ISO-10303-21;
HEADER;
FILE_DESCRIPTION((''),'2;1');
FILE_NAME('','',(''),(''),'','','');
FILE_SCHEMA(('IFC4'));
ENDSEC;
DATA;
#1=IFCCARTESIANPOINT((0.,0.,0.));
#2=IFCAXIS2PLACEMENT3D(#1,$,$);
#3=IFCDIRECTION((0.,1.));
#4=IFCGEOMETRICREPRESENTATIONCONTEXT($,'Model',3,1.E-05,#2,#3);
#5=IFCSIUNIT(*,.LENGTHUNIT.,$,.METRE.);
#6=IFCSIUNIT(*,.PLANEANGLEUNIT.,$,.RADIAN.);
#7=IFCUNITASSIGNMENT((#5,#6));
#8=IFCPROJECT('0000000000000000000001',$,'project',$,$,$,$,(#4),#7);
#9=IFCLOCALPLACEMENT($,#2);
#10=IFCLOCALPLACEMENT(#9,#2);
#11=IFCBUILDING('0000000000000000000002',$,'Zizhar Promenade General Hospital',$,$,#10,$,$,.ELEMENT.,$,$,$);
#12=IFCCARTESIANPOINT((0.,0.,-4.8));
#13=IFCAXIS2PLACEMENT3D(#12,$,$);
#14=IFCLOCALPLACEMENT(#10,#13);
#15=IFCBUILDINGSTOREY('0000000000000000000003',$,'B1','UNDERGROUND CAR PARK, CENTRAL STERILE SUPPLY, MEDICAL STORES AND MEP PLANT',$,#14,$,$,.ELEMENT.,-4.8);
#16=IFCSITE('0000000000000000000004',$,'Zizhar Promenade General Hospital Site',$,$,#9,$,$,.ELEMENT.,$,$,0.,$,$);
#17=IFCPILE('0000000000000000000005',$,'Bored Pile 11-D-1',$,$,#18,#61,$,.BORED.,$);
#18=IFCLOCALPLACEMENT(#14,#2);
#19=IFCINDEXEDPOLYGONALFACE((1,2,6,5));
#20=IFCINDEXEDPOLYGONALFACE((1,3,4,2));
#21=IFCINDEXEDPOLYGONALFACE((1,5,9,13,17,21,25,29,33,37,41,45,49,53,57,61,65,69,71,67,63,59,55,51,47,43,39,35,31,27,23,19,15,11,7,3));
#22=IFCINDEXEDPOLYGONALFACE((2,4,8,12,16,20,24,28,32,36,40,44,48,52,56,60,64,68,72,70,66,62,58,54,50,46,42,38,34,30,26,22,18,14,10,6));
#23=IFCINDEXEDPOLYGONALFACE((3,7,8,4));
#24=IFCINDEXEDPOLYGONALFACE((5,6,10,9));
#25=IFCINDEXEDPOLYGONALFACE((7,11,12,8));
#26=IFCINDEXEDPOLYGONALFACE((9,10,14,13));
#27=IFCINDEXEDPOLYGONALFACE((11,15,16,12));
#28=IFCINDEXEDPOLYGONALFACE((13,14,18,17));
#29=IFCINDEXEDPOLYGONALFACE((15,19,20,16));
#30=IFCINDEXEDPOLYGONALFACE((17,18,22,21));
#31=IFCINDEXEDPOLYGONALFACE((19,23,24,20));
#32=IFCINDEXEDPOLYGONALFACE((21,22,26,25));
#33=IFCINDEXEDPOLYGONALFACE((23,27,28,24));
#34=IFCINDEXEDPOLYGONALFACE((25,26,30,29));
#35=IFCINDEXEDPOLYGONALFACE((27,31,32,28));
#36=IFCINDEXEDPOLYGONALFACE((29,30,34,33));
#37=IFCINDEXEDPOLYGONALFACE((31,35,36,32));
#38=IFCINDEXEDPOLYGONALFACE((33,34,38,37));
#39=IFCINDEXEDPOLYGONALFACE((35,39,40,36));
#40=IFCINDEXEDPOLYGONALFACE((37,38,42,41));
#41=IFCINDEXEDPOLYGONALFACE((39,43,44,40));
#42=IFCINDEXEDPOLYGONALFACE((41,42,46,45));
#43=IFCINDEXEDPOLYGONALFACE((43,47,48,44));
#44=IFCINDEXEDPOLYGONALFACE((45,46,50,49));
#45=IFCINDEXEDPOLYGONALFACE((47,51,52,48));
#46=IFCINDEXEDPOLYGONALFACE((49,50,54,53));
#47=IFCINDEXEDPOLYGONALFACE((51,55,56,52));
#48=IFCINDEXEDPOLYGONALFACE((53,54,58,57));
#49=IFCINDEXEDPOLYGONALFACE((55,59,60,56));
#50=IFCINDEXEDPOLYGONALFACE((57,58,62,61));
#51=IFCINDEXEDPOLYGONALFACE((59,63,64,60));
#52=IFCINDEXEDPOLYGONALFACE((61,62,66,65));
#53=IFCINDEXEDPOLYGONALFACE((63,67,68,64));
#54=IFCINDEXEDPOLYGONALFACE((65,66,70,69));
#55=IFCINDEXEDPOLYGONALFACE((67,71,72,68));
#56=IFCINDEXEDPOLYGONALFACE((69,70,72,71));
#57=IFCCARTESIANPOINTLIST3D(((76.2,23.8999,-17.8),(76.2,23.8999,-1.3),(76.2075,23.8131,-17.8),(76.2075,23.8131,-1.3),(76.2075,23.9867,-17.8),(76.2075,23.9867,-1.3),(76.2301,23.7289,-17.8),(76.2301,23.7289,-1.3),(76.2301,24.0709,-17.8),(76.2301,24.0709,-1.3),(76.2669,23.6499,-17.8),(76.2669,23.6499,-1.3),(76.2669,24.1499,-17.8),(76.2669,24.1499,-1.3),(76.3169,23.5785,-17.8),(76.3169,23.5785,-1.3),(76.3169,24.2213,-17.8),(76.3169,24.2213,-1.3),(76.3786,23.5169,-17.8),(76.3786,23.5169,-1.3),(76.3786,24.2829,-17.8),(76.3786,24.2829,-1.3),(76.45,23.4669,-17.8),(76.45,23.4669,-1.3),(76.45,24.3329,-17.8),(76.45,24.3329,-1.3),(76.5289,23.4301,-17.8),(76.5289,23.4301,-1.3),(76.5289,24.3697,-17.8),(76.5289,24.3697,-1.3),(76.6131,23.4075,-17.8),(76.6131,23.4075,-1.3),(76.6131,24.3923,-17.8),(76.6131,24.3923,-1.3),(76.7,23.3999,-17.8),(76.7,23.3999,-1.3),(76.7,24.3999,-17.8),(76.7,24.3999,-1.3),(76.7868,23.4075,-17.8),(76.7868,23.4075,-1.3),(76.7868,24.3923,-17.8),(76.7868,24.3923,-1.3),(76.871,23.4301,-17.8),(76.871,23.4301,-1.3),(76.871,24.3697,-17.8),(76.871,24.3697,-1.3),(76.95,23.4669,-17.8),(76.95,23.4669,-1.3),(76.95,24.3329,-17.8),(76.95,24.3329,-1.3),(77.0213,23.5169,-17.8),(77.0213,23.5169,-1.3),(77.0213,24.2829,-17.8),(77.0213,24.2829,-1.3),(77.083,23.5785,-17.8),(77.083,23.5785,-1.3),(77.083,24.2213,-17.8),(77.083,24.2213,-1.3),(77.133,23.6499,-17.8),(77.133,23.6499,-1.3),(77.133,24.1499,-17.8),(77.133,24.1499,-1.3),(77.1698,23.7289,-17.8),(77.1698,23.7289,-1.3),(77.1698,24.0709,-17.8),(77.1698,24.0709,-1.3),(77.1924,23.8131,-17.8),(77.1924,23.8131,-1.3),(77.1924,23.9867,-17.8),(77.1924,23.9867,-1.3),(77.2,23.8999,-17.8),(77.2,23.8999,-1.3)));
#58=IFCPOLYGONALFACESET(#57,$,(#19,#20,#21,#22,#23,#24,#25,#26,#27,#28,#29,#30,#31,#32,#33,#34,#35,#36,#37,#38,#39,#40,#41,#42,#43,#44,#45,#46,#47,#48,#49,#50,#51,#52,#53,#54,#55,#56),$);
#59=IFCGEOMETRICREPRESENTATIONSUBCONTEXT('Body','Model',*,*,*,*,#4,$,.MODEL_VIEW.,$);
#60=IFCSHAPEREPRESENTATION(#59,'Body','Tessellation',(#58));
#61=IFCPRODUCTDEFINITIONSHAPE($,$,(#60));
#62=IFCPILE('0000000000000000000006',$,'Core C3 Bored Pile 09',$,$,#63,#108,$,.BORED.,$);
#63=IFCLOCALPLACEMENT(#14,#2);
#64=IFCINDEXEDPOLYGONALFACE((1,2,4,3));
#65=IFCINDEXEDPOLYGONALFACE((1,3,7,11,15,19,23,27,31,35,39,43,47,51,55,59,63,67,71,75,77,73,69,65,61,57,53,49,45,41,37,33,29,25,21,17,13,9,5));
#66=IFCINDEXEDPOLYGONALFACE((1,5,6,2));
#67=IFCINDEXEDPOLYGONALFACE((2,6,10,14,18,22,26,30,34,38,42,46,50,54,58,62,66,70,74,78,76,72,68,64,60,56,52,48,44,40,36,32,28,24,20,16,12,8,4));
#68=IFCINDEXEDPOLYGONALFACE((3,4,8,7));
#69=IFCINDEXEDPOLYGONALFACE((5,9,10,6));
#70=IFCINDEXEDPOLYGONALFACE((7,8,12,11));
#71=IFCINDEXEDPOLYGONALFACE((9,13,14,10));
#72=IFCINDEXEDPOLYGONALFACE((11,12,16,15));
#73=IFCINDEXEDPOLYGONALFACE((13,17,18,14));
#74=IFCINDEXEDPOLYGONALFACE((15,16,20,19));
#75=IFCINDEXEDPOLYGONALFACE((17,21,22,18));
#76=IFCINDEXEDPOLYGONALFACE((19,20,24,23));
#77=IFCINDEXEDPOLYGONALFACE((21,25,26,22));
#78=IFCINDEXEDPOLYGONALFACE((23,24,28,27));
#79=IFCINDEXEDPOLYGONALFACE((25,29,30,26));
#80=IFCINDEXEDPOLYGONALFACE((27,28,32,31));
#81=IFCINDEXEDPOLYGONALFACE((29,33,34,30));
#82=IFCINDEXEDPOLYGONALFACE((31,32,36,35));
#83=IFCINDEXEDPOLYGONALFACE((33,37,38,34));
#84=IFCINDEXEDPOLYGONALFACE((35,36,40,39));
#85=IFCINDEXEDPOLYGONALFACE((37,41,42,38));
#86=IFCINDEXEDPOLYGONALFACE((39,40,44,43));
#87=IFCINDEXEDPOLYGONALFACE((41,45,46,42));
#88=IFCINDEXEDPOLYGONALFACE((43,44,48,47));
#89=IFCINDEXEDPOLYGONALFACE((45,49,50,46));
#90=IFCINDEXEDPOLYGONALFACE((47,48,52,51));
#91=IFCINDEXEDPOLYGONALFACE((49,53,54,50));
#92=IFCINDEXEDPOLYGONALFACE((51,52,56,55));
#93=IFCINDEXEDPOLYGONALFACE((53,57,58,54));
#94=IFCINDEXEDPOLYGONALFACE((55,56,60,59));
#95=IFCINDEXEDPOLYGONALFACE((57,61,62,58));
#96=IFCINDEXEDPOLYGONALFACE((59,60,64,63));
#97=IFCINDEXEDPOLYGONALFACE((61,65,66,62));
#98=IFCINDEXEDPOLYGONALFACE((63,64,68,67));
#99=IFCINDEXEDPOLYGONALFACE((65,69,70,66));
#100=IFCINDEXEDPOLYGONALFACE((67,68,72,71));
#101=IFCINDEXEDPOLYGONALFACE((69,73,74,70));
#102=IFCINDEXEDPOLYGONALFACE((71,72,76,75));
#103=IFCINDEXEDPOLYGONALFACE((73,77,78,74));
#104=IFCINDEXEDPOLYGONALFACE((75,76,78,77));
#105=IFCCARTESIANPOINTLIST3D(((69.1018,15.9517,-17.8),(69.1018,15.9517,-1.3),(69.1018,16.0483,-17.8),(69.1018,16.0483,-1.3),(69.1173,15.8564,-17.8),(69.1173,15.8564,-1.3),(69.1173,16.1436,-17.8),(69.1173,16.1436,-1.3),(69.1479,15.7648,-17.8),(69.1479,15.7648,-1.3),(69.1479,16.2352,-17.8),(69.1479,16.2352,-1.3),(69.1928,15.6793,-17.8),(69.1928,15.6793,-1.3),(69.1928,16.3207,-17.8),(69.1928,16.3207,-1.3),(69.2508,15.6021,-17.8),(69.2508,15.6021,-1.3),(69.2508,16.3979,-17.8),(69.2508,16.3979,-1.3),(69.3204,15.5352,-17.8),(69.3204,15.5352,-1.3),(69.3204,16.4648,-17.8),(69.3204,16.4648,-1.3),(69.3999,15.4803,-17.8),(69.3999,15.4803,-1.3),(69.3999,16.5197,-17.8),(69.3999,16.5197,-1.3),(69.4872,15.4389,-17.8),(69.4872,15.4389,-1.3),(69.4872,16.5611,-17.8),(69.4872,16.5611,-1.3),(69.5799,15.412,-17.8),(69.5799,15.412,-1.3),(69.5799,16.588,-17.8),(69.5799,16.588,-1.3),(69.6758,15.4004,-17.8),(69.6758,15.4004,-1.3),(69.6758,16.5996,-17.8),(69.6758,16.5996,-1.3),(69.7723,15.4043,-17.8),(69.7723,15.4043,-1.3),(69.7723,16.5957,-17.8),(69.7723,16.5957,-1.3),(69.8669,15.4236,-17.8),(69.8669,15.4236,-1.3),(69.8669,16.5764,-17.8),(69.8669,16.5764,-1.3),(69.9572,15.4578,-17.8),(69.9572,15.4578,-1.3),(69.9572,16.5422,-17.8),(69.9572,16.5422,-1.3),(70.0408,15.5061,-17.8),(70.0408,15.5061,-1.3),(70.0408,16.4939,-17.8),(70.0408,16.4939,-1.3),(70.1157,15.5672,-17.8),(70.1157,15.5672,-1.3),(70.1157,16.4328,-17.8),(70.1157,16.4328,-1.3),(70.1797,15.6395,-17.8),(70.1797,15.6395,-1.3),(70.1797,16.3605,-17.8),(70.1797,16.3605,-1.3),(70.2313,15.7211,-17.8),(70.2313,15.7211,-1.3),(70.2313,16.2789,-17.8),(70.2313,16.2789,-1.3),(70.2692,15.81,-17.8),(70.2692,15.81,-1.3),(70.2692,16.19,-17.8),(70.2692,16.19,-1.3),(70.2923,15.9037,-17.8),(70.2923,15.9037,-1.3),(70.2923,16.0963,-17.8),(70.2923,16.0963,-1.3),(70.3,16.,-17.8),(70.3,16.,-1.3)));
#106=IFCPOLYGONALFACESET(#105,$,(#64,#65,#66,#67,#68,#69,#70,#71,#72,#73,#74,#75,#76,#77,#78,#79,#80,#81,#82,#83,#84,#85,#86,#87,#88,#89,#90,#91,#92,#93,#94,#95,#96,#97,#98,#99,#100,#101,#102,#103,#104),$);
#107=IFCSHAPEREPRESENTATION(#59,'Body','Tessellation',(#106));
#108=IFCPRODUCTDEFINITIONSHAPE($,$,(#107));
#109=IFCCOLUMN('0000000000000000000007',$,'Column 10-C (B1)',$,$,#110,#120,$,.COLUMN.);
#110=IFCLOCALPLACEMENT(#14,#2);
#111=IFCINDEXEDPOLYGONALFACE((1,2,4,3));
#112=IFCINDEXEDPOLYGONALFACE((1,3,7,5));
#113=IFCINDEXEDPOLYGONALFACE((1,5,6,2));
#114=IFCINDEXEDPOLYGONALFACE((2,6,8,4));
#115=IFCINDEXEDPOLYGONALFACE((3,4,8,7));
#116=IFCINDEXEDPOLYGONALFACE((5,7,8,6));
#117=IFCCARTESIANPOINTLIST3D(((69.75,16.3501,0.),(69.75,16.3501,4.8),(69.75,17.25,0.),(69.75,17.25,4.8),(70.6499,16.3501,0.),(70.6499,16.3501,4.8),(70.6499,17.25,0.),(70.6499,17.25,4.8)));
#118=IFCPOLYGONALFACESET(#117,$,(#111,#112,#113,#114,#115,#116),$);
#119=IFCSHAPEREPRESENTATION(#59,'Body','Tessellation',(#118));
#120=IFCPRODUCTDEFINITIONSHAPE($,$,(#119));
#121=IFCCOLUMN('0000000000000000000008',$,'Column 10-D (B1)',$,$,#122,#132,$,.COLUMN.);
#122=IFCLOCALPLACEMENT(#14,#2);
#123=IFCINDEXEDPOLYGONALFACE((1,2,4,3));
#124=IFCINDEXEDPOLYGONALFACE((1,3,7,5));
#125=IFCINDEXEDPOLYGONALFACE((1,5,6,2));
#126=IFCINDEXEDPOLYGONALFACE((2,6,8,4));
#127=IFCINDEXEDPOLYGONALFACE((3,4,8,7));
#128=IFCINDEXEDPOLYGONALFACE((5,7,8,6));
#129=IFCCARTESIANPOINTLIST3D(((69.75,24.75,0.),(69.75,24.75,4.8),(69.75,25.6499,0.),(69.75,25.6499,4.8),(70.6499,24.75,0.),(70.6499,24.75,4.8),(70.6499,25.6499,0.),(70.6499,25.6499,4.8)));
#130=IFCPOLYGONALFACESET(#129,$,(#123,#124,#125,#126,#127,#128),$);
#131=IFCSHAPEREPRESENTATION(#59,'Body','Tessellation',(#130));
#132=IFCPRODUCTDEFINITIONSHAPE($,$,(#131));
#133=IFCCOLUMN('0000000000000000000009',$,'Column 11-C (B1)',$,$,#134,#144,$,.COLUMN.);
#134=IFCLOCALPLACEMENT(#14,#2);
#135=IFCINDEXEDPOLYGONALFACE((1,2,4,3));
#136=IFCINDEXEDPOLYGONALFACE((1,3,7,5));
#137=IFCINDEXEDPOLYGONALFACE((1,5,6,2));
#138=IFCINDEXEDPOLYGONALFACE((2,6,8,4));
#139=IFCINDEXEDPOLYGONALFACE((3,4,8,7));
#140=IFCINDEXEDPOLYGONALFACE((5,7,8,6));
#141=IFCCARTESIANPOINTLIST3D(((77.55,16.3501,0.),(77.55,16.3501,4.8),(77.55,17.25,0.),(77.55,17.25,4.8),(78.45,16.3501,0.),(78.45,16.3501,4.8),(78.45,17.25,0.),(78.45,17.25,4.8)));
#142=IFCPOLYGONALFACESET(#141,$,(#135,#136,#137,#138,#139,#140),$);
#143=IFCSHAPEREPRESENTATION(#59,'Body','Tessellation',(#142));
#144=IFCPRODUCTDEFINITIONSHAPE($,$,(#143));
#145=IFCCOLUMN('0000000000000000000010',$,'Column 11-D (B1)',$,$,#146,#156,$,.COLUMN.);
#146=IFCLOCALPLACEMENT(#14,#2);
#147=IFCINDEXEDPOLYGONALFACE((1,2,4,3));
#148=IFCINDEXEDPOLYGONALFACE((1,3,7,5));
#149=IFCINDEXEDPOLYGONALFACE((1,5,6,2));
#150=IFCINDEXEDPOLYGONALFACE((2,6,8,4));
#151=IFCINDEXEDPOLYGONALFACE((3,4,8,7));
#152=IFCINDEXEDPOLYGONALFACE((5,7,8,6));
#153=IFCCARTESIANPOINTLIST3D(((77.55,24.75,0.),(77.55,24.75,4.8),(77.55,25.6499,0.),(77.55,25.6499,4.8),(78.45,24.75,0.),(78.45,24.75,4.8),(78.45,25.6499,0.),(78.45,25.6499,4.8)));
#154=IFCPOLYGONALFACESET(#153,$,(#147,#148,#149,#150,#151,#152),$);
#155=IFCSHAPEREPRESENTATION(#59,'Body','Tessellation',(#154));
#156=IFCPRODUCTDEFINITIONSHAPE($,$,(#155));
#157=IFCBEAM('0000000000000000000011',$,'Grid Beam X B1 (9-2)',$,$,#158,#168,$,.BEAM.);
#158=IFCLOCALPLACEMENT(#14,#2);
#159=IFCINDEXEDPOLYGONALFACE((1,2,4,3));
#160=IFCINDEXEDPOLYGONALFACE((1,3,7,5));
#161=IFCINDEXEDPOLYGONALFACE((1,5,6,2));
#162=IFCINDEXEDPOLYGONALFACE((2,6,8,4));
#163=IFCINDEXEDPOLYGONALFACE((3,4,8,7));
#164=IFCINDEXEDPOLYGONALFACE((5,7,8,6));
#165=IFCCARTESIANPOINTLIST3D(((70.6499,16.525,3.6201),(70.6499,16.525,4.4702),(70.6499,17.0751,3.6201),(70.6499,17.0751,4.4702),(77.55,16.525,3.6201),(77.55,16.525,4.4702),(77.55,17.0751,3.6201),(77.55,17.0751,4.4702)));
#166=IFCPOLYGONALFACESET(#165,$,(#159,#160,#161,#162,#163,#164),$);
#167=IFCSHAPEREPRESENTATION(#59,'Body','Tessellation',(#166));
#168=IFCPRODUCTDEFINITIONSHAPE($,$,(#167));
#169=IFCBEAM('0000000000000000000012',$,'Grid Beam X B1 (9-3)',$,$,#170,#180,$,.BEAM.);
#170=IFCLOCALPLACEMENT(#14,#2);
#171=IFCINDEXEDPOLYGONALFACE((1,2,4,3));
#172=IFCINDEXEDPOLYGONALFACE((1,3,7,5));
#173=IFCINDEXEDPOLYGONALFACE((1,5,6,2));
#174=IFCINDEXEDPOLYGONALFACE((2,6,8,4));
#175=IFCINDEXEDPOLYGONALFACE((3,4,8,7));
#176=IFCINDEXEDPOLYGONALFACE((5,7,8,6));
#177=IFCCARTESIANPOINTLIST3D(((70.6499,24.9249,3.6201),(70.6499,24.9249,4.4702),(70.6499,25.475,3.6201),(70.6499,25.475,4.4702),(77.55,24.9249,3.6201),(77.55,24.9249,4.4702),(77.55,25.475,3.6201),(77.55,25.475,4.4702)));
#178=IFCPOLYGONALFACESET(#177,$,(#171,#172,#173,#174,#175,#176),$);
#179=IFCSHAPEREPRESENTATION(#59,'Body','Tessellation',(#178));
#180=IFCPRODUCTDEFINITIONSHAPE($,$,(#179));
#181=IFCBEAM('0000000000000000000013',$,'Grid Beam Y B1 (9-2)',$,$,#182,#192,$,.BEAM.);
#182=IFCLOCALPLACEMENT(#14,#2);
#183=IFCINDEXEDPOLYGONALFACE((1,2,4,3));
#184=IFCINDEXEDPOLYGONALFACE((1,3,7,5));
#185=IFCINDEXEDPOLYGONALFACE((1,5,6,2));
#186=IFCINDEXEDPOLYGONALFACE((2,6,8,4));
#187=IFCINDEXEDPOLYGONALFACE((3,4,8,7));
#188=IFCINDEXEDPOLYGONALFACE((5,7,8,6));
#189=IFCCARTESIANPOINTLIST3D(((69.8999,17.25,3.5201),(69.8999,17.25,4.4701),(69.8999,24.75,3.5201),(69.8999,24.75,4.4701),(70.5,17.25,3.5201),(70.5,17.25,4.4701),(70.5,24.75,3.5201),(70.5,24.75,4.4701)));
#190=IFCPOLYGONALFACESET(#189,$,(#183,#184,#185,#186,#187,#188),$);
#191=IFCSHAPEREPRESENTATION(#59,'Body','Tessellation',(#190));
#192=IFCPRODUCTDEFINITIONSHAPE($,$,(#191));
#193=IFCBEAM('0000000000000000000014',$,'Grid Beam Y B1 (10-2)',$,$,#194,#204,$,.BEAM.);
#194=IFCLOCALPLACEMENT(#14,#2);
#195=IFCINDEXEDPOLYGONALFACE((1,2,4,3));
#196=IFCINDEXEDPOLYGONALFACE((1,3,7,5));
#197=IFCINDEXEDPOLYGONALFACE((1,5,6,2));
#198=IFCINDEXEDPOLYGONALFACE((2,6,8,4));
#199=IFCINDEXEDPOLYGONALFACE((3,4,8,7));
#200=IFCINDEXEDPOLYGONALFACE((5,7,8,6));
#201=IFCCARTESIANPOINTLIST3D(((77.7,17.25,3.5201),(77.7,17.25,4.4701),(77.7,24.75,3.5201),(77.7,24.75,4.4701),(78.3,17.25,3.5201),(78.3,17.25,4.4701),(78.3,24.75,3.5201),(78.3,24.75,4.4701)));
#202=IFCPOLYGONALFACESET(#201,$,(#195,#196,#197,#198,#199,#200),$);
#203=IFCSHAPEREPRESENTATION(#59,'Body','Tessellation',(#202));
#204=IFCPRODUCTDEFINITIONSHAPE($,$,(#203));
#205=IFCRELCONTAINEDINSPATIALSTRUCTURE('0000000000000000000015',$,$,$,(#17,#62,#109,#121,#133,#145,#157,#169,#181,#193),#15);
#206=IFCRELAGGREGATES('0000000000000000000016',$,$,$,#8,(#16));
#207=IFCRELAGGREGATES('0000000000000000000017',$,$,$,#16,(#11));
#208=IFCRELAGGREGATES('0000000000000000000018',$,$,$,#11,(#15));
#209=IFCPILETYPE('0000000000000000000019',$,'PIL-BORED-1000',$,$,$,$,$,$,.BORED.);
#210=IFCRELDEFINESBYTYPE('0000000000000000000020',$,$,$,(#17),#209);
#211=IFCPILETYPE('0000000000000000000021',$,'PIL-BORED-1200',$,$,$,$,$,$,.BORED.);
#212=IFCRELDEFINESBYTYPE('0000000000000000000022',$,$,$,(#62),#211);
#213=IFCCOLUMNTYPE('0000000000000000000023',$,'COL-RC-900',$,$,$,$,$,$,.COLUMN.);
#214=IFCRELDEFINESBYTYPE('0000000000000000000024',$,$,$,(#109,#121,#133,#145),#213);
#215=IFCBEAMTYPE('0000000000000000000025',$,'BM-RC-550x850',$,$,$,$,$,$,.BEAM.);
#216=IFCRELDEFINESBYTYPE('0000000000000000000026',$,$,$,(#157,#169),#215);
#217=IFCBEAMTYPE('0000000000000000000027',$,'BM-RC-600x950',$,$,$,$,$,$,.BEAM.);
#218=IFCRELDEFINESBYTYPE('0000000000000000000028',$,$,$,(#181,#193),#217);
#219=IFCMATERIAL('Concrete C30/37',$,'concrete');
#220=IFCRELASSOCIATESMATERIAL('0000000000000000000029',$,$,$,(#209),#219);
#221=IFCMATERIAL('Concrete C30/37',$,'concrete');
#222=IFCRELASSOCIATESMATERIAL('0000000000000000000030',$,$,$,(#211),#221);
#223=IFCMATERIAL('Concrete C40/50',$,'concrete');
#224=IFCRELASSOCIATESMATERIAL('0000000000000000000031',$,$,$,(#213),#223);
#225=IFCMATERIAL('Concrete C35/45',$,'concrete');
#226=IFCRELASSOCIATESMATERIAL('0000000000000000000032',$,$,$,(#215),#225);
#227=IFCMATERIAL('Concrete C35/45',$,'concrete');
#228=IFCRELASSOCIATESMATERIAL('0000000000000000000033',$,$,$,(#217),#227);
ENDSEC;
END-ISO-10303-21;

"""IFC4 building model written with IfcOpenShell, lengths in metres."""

from ifc_helpers import new_model, si_unit, direction, frame, origin, origin_2d, place, context, subcontext, project, spatial, rectangle, circle, extrude, material, material_profile, profile_set, type_object, element, save


model = new_model("IFC4")

# Units and contexts
model_context = context("Model", 3, precision=1e-05, world=origin(), true_north=direction((0.0, 1.0)))
body_context = subcontext(model_context, "Body", "Model", "MODEL_VIEW")
ifc_project = project(units=[si_unit("LENGTHUNIT", "METRE"), si_unit("PLANEANGLEUNIT", "RADIAN")], contexts=[model_context])

# Site, building, storey
site_placement = place(None, origin())
site = spatial("IfcSite", under=ifc_project, at=site_placement, Name="Zizhar Promenade General Hospital Site", CompositionType="ELEMENT", RefElevation=0.0)
building_placement = place(site_placement, origin())
building = spatial("IfcBuilding", under=site, at=building_placement, Name="Zizhar Promenade General Hospital", CompositionType="ELEMENT")
storey_placement = place(building_placement, frame((0.0, 0.0, -4.8)))
storey = spatial("IfcBuildingStorey", under=building, at=storey_placement, Name="B1", Description="UNDERGROUND CAR PARK, CENTRAL STERILE SUPPLY, MEDICAL STORES AND MEP PLANT", CompositionType="ELEMENT", Elevation=-4.8)

# Piles
ifc_material_1 = material(Name="Concrete C30/37", Category="concrete")
ifc_material_profile_1 = material_profile(ifc_material_1, circle(Radius=0.5, at=origin_2d()))
ifc_profile_set_1 = profile_set([ifc_material_profile_1], Name="Concrete C30/37")
pile_type_1 = type_object("IfcPileType", Name="PIL-BORED-1000", PredefinedType="BORED", material=ifc_profile_set_1)
for number, where, z_axis, x_axis, name in (
    (1, (76.7, 23.8999, -1.3), (0.0, 0.0, -1.0), (1.0, 0.0, 0.0), "Bored Pile 11-D-1"),
):
    element("IfcPile", number, at=place(storey_placement, frame(where, z_axis=z_axis, x_axis=x_axis)), inside=storey, type_object=pile_type_1, Name=name, PredefinedType="BORED", context=body_context, shape_type="SweptSolid", body=[
        extrude(circle(Radius=0.5, at=origin_2d()), origin(), (0.0, 0.0, 1.0), 16.5),
    ])
ifc_material_2 = material(Name="Concrete C30/37", Category="concrete")
ifc_material_profile_2 = material_profile(ifc_material_2, circle(Radius=0.6001, at=origin_2d()))
ifc_profile_set_2 = profile_set([ifc_material_profile_2], Name="Concrete C30/37")
pile_type_2 = type_object("IfcPileType", Name="PIL-BORED-1200", PredefinedType="BORED", material=ifc_profile_set_2)
pile_placement = place(storey_placement, frame((69.7, 16.0, -1.3), z_axis=(0.0, 0.0, -1.0), x_axis=(1.0, 0.0, 0.0)))
element("IfcPile", 2, at=pile_placement, inside=storey, type_object=pile_type_2, Name="Core C3 Bored Pile 09", PredefinedType="BORED", context=body_context, shape_type="SweptSolid", body=[
    extrude(circle(Radius=0.6001, at=origin_2d()), origin(), (0.0, 0.0, 1.0), 16.5),
])

# Columns
ifc_material_3 = material(Name="Concrete C40/50", Category="concrete")
ifc_material_profile_3 = material_profile(ifc_material_3, rectangle(XDim=0.8999, YDim=0.8999, at=origin_2d()))
ifc_profile_set_3 = profile_set([ifc_material_profile_3], Name="Concrete C40/50")
column_type = type_object("IfcColumnType", Name="COL-RC-900", PredefinedType="COLUMN", material=ifc_profile_set_3)
for number, where, z_axis, x_axis, name in (
    (3, (70.2, 16.8, 0.0), (0.0, 0.0, 1.0), (1.0, 0.0, 0.0), "Column 10-C (B1)"),
    (4, (70.2, 25.2, 0.0), (0.0, 0.0, 1.0), (1.0, 0.0, 0.0), "Column 10-D (B1)"),
    (5, (78.0, 16.8, 0.0), (0.0, 0.0, 1.0), (1.0, 0.0, 0.0), "Column 11-C (B1)"),
    (6, (78.0, 25.2, 0.0), (0.0, 0.0, 1.0), (1.0, 0.0, 0.0), "Column 11-D (B1)"),
):
    element("IfcColumn", number, at=place(storey_placement, frame(where, z_axis=z_axis, x_axis=x_axis)), inside=storey, type_object=column_type, Name=name, PredefinedType="COLUMN", context=body_context, shape_type="SweptSolid", body=[
        extrude(rectangle(XDim=0.8999, YDim=0.8999, at=origin_2d()), origin(), (0.0, 0.0, 1.0), 4.8),
    ])

# Beams
ifc_material_4 = material(Name="Concrete C35/45", Category="concrete")
ifc_material_profile_4 = material_profile(ifc_material_4, rectangle(XDim=0.55, YDim=0.8501, at=origin_2d()))
ifc_profile_set_4 = profile_set([ifc_material_profile_4], Name="Concrete C35/45")
beam_type_1 = type_object("IfcBeamType", Name="BM-RC-550x850", PredefinedType="BEAM", material=ifc_profile_set_4)
for number, where, z_axis, x_axis, name in (
    (7, (70.6499, 16.8, 4.0452), (1.0, 0.0, 0.0), (0.0, 1.0, 0.0), "Grid Beam X B1 (9-2)"),
    (8, (70.6499, 25.2, 4.0452), (1.0, 0.0, 0.0), (0.0, 1.0, 0.0), "Grid Beam X B1 (9-3)"),
):
    element("IfcBeam", number, at=place(storey_placement, frame(where, z_axis=z_axis, x_axis=x_axis)), inside=storey, type_object=beam_type_1, Name=name, PredefinedType="BEAM", context=body_context, shape_type="SweptSolid", body=[
        extrude(rectangle(XDim=0.55, YDim=0.8501, at=origin_2d()), origin(), (0.0, 0.0, 1.0), 6.9001),
    ])
ifc_material_5 = material(Name="Concrete C35/45", Category="concrete")
ifc_material_profile_5 = material_profile(ifc_material_5, rectangle(XDim=0.6001, YDim=0.95, at=origin_2d()))
ifc_profile_set_5 = profile_set([ifc_material_profile_5], Name="Concrete C35/45")
beam_type_2 = type_object("IfcBeamType", Name="BM-RC-600x950", PredefinedType="BEAM", material=ifc_profile_set_5)
for number, where, z_axis, x_axis, name in (
    (9, (70.2, 17.25, 3.9951), (0.0, 1.0, 0.0), (-1.0, 0.0, 0.0), "Grid Beam Y B1 (9-2)"),
    (10, (78.0, 17.25, 3.9951), (0.0, 1.0, 0.0), (-1.0, 0.0, 0.0), "Grid Beam Y B1 (10-2)"),
):
    element("IfcBeam", number, at=place(storey_placement, frame(where, z_axis=z_axis, x_axis=x_axis)), inside=storey, type_object=beam_type_2, Name=name, PredefinedType="BEAM", context=body_context, shape_type="SweptSolid", body=[
        extrude(rectangle(XDim=0.6001, YDim=0.95, at=origin_2d()), origin(), (0.0, 0.0, 1.0), 7.5),
    ])

save(model, "model.ifc")
